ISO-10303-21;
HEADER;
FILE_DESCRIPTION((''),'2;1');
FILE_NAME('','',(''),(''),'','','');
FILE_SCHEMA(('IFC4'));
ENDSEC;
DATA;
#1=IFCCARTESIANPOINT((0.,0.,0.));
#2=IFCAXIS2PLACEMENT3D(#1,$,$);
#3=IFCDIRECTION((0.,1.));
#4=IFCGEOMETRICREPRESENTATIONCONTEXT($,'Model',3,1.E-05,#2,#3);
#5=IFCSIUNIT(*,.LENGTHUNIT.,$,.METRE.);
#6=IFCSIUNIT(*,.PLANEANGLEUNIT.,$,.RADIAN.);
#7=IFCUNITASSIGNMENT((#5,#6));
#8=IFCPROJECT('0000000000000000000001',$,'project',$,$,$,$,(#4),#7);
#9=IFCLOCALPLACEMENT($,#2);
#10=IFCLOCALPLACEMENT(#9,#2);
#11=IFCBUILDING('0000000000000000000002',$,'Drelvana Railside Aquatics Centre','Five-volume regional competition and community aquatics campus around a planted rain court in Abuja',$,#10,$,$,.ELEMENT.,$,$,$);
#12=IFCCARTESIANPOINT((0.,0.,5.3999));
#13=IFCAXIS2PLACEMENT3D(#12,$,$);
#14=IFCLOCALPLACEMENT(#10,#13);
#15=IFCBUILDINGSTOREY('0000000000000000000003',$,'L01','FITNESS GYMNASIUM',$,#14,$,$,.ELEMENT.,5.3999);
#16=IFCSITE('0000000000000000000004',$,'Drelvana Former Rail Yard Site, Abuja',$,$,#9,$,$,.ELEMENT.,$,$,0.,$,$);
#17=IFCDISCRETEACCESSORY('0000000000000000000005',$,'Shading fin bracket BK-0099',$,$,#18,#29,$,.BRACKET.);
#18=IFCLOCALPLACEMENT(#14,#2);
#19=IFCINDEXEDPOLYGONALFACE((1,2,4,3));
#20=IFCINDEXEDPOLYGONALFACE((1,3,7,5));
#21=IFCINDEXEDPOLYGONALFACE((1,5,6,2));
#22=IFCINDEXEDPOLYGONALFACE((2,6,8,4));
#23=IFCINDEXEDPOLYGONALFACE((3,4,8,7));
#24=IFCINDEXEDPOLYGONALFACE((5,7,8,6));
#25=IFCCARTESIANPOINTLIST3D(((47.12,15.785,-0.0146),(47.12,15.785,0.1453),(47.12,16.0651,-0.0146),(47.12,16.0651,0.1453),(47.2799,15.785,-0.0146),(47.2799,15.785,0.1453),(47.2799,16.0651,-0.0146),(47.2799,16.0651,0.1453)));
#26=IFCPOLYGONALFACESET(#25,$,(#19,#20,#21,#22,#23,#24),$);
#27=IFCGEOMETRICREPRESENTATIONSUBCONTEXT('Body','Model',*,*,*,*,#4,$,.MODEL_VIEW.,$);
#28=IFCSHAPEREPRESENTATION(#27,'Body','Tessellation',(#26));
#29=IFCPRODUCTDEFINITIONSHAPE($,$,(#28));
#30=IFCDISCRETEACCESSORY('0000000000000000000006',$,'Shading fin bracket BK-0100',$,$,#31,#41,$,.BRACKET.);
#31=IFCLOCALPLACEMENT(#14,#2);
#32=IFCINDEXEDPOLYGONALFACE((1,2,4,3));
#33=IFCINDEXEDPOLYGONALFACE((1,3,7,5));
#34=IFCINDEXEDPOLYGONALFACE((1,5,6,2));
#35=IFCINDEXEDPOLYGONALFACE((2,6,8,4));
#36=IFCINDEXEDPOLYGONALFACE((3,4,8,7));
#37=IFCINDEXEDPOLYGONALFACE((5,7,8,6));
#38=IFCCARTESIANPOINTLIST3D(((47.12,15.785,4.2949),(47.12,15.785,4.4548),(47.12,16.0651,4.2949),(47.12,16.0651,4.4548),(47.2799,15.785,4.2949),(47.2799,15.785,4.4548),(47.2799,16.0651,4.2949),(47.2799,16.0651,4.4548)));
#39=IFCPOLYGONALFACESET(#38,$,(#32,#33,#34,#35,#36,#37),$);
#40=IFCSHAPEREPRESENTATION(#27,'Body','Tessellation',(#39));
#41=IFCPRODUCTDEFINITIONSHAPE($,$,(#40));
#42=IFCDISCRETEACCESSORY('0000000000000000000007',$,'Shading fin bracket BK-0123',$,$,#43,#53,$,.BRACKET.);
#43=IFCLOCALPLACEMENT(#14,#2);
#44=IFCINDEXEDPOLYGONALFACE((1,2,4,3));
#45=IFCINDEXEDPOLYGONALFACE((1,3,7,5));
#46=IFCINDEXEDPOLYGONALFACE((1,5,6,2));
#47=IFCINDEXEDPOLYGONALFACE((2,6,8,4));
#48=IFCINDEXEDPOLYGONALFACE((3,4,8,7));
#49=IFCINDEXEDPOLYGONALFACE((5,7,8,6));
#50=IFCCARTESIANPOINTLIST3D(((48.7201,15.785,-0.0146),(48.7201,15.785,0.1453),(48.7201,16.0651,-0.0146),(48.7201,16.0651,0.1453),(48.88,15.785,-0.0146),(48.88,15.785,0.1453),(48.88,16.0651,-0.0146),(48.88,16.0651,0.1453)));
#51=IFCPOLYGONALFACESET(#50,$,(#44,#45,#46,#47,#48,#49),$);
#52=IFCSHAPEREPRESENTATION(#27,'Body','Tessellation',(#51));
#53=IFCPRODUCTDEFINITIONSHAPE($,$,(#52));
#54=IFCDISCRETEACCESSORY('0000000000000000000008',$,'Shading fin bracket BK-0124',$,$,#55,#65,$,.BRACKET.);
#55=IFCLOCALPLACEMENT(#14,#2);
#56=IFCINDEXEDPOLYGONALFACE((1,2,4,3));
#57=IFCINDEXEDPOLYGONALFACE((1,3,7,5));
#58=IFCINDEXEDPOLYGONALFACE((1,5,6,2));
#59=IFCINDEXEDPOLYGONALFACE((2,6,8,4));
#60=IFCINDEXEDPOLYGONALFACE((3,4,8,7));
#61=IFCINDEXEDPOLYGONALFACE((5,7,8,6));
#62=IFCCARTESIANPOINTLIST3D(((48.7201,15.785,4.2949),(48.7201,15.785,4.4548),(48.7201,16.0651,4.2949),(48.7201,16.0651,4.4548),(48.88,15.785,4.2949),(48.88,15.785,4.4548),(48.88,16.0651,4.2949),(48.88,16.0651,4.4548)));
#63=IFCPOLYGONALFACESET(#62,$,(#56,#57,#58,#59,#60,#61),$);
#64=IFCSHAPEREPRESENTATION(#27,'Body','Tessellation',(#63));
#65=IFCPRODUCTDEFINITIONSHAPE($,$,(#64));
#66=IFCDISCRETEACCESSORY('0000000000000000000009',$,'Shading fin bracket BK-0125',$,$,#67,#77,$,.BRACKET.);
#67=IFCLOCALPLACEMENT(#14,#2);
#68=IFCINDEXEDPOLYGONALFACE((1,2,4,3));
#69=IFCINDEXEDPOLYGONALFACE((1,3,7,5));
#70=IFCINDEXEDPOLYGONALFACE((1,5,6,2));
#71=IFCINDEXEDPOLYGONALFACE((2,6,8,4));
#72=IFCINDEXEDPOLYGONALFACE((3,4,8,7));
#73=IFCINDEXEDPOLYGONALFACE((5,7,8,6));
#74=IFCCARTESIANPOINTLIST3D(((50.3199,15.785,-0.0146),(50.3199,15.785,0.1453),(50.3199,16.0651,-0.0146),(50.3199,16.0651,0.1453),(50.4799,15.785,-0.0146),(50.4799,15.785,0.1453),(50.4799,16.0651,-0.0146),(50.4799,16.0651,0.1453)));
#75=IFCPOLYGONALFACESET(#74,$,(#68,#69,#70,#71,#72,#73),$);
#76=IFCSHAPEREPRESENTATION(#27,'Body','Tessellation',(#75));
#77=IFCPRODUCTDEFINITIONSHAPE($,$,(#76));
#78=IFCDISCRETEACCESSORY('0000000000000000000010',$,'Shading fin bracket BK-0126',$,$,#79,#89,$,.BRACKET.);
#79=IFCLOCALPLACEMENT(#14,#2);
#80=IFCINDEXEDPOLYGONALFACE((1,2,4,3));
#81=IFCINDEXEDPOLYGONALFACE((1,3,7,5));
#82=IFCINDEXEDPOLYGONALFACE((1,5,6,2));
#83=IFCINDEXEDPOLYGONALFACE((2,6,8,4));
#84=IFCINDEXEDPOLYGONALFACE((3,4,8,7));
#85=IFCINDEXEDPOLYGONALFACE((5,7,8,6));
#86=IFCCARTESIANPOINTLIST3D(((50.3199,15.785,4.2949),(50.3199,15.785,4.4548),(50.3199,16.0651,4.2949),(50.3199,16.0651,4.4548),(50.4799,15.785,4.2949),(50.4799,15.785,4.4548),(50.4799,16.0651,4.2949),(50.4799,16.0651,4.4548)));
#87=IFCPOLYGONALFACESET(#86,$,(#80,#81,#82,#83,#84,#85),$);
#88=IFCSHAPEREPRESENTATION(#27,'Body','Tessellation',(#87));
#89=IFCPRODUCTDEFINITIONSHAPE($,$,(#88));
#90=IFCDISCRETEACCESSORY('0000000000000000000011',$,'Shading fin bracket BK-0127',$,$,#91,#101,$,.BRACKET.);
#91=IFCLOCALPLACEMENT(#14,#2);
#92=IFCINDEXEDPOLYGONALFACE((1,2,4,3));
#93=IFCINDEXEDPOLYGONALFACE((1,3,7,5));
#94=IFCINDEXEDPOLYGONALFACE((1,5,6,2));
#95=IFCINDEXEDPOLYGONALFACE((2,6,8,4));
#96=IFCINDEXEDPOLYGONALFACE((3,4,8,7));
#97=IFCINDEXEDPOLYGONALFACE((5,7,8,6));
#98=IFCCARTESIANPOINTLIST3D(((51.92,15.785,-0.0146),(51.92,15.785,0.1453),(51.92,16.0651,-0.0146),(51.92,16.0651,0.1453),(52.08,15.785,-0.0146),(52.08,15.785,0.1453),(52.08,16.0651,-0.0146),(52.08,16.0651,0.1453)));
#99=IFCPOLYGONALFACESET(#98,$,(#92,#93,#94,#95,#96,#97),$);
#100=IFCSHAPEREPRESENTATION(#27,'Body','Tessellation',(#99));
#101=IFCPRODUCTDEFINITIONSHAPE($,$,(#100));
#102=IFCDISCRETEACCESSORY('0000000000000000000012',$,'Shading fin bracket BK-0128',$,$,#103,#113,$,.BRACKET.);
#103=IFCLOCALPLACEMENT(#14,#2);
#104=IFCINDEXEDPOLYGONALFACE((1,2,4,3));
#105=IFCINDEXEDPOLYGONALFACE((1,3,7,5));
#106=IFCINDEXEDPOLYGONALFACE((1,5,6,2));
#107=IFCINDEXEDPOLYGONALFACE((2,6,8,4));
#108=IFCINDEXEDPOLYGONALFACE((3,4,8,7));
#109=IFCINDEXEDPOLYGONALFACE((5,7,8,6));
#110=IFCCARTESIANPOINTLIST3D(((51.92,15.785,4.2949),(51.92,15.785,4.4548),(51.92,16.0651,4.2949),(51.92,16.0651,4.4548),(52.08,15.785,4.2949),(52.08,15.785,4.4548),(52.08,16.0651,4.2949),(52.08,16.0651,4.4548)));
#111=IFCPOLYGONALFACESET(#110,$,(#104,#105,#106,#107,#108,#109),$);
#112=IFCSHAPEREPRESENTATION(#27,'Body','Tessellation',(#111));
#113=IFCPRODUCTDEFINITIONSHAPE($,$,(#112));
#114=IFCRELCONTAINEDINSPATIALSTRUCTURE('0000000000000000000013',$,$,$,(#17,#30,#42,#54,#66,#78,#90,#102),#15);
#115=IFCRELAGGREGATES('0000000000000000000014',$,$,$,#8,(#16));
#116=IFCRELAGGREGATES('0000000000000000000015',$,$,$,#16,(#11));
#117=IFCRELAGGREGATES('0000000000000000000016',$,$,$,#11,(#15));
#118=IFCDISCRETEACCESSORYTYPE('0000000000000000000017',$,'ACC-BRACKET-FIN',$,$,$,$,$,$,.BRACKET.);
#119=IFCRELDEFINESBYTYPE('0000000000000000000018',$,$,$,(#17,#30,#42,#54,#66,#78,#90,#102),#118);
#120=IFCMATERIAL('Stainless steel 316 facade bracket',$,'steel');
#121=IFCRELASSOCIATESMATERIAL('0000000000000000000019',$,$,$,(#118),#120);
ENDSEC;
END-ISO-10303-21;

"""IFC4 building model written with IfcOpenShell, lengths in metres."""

from ifc_helpers import new_model, si_unit, direction, frame, origin, origin_2d, place, context, subcontext, project, spatial, rectangle, extrude, material, type_object, element, save


model = new_model("IFC4")

# Units and contexts
model_context = context("Model", 3, precision=1e-05, world=origin(), true_north=direction((0.0, 1.0)))
body_context = subcontext(model_context, "Body", "Model", "MODEL_VIEW")
ifc_project = project(units=[si_unit("LENGTHUNIT", "METRE"), si_unit("PLANEANGLEUNIT", "RADIAN")], contexts=[model_context])

# Site, building, storey
site_placement = place(None, origin())
site = spatial("IfcSite", under=ifc_project, at=site_placement, Name="Drelvana Former Rail Yard Site, Abuja", CompositionType="ELEMENT", RefElevation=0.0)
building_placement = place(site_placement, origin())
building = spatial("IfcBuilding", under=site, at=building_placement, Name="Drelvana Railside Aquatics Centre", Description="Five-volume regional competition and community aquatics campus around a planted rain court in Abuja", CompositionType="ELEMENT")
storey_placement = place(building_placement, frame((0.0, 0.0, 5.3999)))
storey = spatial("IfcBuildingStorey", under=building, at=storey_placement, Name="L01", Description="FITNESS GYMNASIUM", CompositionType="ELEMENT", Elevation=5.3999)

# Discrete accessories
ifc_material_1 = material(Name="Stainless steel 316 facade bracket", Category="steel")
discrete_accessory_type = type_object("IfcDiscreteAccessoryType", Name="ACC-BRACKET-FIN", PredefinedType="BRACKET", material=ifc_material_1)
for number, where, z_axis, x_axis, name in (
    (1, (47.2, 15.925, -0.0146), (0.0, 0.0, 1.0), (0.0, -1.0, 0.0), "Shading fin bracket BK-0099"),
    (2, (47.2, 15.925, 4.2949), (0.0, 0.0, 1.0), (0.0, -1.0, 0.0), "Shading fin bracket BK-0100"),
    (3, (48.8, 15.925, -0.0146), (0.0, 0.0, 1.0), (0.0, -1.0, 0.0), "Shading fin bracket BK-0123"),
    (4, (48.8, 15.925, 4.2949), (0.0, 0.0, 1.0), (0.0, -1.0, 0.0), "Shading fin bracket BK-0124"),
    (5, (50.3999, 15.925, -0.0146), (0.0, 0.0, 1.0), (0.0, -1.0, 0.0), "Shading fin bracket BK-0125"),
    (6, (50.3999, 15.925, 4.2949), (0.0, 0.0, 1.0), (0.0, -1.0, 0.0), "Shading fin bracket BK-0126"),
    (7, (52.0, 15.925, -0.0146), (0.0, 0.0, 1.0), (0.0, -1.0, 0.0), "Shading fin bracket BK-0127"),
    (8, (52.0, 15.925, 4.2949), (0.0, 0.0, 1.0), (0.0, -1.0, 0.0), "Shading fin bracket BK-0128"),
):
    element("IfcDiscreteAccessory", number, at=place(storey_placement, frame(where, z_axis=z_axis, x_axis=x_axis)), inside=storey, type_object=discrete_accessory_type, Name=name, PredefinedType="BRACKET", context=body_context, shape_type="SweptSolid", body=[
        extrude(rectangle(XDim=0.28, YDim=0.1599, at=origin_2d()), origin(), (0.0, 0.0, 1.0), 0.1599),
    ])

save(model, "model.ifc")
